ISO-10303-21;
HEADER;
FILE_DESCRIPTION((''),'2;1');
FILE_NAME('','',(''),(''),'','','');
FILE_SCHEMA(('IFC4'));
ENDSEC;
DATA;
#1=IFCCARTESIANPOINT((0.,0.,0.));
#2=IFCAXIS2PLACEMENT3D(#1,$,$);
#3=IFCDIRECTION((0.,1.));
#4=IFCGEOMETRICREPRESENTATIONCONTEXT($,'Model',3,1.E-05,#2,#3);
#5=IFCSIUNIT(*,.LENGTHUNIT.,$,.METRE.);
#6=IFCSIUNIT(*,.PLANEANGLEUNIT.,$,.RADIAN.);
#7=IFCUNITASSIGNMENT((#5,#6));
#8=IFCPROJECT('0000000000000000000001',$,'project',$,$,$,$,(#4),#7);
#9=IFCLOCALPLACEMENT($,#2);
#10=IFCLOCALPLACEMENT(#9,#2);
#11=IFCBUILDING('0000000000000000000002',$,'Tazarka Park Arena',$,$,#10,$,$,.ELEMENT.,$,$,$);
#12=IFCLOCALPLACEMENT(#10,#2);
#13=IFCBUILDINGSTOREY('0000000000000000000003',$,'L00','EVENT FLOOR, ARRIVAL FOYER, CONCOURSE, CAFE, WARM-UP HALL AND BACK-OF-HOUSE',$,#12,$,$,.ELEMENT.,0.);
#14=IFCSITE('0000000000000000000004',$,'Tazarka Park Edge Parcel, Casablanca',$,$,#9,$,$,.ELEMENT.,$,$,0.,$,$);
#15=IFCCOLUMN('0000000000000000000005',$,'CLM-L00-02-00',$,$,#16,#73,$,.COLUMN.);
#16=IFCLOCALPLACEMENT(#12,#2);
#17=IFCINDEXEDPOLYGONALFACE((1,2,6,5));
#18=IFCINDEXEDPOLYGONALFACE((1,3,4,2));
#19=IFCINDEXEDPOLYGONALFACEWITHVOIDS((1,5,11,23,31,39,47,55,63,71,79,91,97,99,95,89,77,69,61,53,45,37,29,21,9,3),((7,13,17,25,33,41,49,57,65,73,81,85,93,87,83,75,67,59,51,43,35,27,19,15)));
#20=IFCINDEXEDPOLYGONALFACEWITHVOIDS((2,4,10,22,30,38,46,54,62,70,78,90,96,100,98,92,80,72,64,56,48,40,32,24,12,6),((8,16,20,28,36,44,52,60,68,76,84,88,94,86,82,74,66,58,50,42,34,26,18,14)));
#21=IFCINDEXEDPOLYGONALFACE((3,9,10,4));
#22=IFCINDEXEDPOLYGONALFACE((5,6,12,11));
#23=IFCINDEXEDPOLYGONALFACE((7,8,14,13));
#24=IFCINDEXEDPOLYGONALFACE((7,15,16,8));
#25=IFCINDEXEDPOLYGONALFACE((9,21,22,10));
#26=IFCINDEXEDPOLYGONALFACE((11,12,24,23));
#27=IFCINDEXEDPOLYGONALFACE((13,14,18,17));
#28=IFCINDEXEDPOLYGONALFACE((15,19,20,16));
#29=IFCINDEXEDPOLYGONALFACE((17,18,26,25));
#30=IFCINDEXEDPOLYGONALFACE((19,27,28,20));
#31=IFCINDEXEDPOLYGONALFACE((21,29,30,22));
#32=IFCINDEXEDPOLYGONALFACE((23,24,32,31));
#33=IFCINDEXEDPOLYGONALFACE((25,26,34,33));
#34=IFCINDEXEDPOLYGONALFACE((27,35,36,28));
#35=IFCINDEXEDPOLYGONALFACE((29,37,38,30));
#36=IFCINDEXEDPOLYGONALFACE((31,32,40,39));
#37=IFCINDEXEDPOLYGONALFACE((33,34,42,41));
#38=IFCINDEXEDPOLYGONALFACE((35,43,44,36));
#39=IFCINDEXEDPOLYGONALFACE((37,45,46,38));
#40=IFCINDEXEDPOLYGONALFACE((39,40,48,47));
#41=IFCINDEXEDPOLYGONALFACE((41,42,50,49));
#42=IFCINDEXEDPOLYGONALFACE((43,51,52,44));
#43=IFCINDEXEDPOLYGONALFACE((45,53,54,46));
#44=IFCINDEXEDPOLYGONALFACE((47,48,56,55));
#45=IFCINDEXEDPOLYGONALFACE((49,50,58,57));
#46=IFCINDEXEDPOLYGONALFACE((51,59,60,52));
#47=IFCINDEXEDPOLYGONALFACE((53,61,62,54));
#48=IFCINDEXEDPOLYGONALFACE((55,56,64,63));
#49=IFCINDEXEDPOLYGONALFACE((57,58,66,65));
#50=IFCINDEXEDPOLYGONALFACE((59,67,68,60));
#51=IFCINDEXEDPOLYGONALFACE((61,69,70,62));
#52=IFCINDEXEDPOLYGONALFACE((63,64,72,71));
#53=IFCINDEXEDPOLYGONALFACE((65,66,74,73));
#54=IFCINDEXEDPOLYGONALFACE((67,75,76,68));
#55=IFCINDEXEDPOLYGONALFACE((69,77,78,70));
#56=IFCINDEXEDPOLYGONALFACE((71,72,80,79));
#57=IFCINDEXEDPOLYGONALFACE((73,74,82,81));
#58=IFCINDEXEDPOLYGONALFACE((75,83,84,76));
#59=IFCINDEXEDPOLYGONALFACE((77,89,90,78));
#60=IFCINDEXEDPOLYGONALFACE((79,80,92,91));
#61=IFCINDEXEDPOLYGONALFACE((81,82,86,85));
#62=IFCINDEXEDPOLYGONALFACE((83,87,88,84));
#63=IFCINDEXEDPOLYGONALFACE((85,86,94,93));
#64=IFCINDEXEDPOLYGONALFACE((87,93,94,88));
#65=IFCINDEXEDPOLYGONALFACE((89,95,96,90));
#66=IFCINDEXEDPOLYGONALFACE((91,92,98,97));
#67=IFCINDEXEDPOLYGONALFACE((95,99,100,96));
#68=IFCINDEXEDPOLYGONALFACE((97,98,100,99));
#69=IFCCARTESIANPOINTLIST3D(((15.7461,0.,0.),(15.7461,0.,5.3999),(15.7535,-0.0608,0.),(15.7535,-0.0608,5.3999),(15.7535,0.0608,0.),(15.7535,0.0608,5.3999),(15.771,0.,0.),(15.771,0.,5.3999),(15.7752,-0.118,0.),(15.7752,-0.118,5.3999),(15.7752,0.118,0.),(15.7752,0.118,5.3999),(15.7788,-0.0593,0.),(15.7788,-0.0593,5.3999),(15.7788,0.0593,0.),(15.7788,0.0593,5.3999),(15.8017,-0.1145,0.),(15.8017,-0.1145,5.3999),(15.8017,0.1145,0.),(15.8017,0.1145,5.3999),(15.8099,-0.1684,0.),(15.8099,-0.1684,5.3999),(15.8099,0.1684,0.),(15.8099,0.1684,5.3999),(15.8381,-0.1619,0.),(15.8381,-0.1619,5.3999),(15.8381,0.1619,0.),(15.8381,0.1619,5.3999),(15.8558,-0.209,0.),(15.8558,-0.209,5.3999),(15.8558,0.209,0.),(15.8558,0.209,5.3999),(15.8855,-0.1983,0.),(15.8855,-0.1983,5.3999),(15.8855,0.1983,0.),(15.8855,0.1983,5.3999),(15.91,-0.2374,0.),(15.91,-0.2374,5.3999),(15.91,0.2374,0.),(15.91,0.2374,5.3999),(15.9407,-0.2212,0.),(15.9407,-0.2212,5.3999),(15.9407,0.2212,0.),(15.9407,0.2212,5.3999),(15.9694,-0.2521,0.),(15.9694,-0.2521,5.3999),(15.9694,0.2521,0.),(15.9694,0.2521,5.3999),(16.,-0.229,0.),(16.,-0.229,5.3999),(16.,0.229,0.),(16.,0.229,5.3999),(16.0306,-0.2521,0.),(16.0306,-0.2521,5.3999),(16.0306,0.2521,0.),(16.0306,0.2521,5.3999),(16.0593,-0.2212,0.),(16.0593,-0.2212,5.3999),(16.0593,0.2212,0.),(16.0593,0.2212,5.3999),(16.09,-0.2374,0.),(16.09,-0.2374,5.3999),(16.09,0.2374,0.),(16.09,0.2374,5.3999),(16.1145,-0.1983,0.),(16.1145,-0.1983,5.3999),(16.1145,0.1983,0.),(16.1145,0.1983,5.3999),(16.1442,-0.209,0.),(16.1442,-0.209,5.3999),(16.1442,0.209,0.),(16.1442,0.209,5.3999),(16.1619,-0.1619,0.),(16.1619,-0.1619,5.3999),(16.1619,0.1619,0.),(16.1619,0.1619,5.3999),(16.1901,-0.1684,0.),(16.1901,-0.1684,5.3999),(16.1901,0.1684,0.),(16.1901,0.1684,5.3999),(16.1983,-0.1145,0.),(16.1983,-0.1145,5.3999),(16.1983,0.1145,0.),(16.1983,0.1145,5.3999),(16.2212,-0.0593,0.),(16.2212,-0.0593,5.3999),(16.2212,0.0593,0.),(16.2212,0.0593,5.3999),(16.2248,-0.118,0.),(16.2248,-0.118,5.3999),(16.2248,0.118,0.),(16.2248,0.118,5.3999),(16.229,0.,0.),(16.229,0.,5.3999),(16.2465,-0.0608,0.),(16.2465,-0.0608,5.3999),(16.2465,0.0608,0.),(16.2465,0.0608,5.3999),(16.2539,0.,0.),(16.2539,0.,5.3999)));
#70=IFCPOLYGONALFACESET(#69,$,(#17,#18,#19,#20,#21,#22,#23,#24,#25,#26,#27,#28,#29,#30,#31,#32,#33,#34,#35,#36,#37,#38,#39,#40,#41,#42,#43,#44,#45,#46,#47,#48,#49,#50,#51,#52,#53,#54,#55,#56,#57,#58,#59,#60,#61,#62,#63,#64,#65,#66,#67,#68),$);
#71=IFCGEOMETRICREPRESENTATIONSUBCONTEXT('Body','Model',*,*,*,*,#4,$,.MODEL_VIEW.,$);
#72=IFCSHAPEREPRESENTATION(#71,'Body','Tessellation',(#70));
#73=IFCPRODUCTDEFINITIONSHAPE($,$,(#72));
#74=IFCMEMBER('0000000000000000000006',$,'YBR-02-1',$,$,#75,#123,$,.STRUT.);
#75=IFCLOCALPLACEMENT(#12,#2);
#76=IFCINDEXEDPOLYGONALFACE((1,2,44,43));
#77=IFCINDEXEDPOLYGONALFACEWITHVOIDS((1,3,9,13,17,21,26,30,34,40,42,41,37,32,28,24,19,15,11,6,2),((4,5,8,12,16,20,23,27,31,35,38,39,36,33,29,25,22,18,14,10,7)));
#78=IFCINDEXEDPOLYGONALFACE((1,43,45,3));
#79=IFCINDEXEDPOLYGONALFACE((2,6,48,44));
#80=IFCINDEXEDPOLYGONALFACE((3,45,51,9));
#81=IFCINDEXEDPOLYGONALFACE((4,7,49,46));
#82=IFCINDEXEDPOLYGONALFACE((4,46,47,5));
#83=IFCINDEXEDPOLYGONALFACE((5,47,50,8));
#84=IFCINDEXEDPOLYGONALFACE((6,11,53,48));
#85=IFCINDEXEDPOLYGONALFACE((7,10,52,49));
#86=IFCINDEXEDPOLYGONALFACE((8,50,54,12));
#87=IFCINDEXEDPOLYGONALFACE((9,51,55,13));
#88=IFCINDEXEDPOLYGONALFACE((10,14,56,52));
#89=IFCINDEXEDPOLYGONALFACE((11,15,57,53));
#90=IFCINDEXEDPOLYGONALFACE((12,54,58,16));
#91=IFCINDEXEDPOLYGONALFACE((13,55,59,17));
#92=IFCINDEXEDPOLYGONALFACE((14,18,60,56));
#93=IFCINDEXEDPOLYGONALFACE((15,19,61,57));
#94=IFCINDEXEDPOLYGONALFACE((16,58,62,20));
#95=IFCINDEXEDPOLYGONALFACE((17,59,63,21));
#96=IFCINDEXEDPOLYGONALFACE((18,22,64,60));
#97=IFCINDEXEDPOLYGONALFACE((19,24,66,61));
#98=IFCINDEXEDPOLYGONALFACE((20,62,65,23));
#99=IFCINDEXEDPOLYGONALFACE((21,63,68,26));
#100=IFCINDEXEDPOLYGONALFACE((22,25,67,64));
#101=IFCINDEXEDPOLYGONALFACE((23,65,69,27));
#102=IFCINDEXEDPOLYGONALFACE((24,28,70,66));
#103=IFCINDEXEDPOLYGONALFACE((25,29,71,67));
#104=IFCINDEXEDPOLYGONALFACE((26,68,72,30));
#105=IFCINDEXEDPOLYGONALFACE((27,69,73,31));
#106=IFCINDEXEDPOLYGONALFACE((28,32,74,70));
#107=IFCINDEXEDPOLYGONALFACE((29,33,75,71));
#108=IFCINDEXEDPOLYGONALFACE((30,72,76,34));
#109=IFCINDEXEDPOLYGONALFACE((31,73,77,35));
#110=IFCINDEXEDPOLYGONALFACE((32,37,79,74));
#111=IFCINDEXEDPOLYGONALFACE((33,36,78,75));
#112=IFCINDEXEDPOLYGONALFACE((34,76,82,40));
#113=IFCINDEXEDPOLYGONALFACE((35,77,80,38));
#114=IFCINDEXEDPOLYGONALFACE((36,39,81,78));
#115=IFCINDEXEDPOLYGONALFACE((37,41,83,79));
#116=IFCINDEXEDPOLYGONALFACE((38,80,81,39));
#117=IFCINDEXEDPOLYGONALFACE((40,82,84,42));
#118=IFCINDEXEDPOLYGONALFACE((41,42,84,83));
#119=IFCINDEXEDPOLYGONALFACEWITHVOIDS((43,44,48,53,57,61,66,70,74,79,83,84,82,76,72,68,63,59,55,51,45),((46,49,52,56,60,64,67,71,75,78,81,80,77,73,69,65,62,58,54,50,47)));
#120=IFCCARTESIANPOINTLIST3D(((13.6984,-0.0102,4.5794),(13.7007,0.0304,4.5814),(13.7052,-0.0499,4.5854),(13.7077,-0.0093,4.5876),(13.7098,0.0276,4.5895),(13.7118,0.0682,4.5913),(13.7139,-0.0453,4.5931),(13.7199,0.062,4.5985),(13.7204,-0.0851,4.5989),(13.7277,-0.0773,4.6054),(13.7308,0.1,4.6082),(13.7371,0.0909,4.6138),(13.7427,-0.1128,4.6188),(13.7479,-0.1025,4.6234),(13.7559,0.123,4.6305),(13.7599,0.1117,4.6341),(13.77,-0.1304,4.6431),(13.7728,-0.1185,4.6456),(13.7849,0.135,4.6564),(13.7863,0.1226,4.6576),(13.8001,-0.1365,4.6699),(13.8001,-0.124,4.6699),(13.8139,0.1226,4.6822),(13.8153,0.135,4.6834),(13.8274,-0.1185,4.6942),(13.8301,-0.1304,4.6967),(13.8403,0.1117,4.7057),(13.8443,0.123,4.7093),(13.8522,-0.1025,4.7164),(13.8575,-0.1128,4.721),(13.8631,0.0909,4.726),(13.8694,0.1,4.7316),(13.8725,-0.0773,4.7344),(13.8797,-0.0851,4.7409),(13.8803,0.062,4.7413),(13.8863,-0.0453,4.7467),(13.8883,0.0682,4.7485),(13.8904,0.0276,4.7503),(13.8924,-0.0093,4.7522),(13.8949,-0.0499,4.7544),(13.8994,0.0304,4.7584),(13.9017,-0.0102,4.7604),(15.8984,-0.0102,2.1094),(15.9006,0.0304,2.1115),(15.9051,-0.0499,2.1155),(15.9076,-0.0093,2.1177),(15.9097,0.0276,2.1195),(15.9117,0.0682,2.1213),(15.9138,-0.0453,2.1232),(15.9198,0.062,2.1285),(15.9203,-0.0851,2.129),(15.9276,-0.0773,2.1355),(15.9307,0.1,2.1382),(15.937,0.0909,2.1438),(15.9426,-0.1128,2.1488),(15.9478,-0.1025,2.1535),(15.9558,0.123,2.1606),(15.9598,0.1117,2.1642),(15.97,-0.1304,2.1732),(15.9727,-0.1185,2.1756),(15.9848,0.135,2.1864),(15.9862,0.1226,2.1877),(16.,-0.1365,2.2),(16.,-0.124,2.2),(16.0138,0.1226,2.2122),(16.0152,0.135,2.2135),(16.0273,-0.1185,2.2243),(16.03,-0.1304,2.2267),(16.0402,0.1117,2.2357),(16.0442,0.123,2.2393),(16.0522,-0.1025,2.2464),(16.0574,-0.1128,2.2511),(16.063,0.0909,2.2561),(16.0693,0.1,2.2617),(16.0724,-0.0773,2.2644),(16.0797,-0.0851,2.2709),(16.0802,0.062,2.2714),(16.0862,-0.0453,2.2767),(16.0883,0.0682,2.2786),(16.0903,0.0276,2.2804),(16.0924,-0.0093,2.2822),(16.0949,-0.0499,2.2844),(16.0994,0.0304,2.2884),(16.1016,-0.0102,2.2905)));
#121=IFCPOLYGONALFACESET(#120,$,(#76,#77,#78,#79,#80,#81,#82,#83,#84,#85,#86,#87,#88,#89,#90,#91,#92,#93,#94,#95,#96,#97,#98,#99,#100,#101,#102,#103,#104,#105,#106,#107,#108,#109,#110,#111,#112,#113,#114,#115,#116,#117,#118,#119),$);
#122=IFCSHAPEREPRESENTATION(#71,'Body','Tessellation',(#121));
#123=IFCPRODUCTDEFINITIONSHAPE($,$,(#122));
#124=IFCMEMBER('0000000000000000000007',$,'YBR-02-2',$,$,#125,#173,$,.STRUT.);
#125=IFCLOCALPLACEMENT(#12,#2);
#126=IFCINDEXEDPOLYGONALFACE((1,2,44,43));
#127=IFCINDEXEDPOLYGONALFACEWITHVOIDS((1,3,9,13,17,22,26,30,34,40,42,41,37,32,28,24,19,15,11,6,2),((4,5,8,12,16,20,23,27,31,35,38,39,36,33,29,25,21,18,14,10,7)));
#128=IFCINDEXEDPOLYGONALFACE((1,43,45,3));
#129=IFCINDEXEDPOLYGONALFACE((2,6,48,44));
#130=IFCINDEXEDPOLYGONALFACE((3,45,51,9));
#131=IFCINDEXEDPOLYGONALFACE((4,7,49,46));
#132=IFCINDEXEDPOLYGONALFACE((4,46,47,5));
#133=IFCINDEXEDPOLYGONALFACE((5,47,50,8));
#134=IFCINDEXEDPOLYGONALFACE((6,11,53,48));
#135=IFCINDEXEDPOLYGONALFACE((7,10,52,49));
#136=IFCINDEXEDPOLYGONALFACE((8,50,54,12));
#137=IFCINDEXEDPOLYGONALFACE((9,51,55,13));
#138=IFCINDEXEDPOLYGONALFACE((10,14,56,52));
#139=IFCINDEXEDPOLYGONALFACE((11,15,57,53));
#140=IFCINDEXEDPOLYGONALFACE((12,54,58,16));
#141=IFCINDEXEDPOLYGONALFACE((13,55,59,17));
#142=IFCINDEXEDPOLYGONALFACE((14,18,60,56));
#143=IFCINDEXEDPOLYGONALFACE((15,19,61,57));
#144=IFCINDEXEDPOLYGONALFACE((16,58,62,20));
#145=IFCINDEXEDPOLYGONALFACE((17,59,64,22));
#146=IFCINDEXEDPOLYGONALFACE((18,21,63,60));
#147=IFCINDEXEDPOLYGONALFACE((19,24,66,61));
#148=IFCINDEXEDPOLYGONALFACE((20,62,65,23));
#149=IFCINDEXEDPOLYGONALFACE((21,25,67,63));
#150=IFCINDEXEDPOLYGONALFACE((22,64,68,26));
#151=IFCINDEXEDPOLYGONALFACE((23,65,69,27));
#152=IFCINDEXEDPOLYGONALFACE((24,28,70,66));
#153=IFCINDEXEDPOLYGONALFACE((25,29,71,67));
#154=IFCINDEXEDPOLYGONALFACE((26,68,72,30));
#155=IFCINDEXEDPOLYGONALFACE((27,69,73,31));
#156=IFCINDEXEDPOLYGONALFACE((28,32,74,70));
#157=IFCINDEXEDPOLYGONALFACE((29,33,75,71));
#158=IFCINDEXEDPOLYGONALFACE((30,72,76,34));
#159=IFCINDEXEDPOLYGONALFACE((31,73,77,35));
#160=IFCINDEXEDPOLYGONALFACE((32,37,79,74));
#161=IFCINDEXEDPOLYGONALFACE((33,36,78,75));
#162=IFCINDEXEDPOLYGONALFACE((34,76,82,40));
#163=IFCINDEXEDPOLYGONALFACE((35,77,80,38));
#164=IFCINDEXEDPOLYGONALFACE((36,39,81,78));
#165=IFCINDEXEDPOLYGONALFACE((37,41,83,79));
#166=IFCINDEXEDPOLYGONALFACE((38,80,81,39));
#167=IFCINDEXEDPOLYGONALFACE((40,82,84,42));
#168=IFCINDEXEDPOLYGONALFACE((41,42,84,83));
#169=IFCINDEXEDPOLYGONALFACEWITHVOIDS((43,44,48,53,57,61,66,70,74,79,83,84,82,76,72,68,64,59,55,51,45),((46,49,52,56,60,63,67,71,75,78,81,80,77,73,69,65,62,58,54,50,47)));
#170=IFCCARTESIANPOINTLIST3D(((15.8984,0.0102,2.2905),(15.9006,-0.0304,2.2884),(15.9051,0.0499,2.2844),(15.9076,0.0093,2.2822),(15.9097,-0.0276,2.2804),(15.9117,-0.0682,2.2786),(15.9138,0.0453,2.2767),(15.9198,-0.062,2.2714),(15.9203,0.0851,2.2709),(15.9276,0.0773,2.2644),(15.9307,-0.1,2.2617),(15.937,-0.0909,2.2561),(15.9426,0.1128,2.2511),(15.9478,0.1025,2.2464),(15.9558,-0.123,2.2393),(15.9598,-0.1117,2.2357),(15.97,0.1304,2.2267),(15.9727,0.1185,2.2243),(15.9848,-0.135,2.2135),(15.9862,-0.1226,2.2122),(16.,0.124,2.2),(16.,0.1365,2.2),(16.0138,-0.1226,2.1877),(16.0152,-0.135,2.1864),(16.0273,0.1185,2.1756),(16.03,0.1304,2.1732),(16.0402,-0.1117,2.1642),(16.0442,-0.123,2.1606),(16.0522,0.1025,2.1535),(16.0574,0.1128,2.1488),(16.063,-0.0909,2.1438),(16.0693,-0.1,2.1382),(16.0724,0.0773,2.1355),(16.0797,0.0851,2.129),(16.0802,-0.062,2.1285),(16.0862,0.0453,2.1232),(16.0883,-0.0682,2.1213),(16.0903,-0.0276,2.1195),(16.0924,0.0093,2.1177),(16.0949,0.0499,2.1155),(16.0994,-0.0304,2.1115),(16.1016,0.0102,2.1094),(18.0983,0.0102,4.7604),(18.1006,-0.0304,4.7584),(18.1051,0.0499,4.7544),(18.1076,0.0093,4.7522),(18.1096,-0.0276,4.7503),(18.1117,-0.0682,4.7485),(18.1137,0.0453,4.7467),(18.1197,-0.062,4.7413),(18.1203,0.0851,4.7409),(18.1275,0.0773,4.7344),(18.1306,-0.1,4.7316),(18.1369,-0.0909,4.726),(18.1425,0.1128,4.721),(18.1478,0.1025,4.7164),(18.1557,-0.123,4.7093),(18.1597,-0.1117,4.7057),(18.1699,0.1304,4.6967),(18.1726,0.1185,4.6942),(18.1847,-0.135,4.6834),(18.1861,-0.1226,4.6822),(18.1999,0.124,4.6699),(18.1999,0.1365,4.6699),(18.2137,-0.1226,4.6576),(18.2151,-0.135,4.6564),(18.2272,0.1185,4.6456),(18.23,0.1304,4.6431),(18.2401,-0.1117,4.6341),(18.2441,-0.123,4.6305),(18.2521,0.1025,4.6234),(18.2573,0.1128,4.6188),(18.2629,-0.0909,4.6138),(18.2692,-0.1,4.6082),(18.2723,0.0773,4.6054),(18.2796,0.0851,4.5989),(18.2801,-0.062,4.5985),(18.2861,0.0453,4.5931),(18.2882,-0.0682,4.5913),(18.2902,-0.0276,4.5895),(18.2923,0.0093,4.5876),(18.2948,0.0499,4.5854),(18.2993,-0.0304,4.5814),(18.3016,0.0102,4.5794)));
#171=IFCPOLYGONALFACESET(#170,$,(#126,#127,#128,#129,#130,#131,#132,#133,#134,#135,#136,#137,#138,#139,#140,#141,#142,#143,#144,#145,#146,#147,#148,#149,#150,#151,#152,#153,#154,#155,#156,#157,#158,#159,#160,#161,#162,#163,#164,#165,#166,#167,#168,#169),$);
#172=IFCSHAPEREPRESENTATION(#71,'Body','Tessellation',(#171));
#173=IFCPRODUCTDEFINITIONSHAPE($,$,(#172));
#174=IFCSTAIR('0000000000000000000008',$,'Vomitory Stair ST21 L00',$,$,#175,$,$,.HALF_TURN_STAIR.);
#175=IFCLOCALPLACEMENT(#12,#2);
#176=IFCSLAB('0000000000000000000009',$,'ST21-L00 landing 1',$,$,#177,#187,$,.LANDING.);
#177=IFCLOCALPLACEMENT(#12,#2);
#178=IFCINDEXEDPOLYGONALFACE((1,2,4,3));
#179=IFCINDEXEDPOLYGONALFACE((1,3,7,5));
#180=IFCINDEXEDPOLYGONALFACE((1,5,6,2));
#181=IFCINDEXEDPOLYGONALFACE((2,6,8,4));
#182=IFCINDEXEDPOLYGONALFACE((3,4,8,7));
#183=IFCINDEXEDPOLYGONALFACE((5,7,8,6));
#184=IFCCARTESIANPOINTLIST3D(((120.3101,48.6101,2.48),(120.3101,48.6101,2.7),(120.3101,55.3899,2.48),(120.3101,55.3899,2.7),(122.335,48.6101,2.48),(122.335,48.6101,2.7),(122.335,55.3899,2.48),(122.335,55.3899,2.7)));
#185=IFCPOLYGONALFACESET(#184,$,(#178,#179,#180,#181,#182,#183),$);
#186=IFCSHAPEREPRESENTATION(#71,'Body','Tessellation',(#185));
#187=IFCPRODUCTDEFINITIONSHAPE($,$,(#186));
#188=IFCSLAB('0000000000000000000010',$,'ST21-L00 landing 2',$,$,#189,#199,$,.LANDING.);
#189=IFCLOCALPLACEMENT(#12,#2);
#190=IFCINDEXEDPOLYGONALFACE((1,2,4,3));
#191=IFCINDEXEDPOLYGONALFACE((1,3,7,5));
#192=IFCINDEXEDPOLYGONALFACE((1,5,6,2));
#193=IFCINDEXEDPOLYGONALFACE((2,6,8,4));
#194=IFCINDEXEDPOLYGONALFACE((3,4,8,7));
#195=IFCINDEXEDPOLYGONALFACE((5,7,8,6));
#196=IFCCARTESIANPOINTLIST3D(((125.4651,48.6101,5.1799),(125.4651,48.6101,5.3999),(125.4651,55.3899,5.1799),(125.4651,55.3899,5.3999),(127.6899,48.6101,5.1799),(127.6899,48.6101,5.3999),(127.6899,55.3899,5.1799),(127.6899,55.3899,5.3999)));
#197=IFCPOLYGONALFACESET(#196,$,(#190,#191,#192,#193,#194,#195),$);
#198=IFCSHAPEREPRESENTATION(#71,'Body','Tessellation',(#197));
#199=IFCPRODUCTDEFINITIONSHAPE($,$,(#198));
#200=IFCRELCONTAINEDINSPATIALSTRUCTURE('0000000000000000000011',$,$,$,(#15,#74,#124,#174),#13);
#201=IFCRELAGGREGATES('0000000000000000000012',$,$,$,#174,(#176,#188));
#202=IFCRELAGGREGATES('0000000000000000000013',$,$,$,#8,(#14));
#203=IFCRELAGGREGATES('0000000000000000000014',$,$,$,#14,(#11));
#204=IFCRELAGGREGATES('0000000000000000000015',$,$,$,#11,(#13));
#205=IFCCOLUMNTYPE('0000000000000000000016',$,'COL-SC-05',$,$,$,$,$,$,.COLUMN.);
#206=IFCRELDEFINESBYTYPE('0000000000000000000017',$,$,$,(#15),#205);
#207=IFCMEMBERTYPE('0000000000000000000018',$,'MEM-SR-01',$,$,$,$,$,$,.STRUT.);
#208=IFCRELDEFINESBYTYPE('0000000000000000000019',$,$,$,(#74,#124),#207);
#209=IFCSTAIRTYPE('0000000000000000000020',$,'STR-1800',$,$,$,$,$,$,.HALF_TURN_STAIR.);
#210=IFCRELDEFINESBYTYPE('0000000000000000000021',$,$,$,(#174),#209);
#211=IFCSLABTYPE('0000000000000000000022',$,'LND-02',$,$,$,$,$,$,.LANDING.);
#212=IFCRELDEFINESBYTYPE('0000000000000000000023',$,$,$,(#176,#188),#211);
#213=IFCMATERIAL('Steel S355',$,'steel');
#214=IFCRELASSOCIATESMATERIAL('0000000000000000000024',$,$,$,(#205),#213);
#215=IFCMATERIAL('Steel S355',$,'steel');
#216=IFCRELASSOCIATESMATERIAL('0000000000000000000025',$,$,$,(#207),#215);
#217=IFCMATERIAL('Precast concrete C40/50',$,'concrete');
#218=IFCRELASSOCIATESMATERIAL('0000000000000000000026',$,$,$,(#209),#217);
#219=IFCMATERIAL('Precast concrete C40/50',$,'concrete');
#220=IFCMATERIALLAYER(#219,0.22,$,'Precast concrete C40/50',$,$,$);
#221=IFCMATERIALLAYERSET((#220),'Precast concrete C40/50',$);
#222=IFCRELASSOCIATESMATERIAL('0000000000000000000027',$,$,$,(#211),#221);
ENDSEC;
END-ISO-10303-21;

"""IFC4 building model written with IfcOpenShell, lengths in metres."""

from ifc_helpers import new_model, si_unit, direction, frame, origin, origin_2d, place, context, subcontext, project, spatial, polyline, hollow_circle, outline, extrude, material, layer, layer_set, material_profile, profile_set, type_object, element, aggregate, save


model = new_model("IFC4")

# Units and contexts
model_context = context("Model", 3, precision=1e-05, world=origin(), true_north=direction((0.0, 1.0)))
body_context = subcontext(model_context, "Body", "Model", "MODEL_VIEW")
ifc_project = project(units=[si_unit("LENGTHUNIT", "METRE"), si_unit("PLANEANGLEUNIT", "RADIAN")], contexts=[model_context])

# Site, building, storey
site_placement = place(None, origin())
site = spatial("IfcSite", under=ifc_project, at=site_placement, Name="Tazarka Park Edge Parcel, Casablanca", CompositionType="ELEMENT", RefElevation=0.0)
building_placement = place(site_placement, origin())
building = spatial("IfcBuilding", under=site, at=building_placement, Name="Tazarka Park Arena", CompositionType="ELEMENT")
storey_placement = place(building_placement, origin())
storey = spatial("IfcBuildingStorey", under=building, at=storey_placement, Name="L00", Description="EVENT FLOOR, ARRIVAL FOYER, CONCOURSE, CAFE, WARM-UP HALL AND BACK-OF-HOUSE", CompositionType="ELEMENT", Elevation=0.0)

# Column
ifc_material_1 = material(Name="Steel S355", Category="steel")
ifc_material_profile_1 = material_profile(ifc_material_1, hollow_circle(Radius=0.2539, WallThickness=0.0249, at=origin_2d()), Name="Steel S355")
ifc_profile_set_1 = profile_set([ifc_material_profile_1], Name="Steel S355")
column_type = type_object("IfcColumnType", Name="COL-SC-05", PredefinedType="COLUMN", material=ifc_profile_set_1)
column_placement = place(storey_placement, frame((16.0, 0.0, 0.0), z_axis=(0.0, 0.0, 1.0), x_axis=(1.0, 0.0, 0.0)))
element("IfcColumn", 1, at=column_placement, inside=storey, type_object=column_type, Name="CLM-L00-02-00", PredefinedType="COLUMN", context=body_context, shape_type="SweptSolid", body=[
    extrude(hollow_circle(Radius=0.2539, WallThickness=0.0249, at=origin_2d()), origin(), (0.0, 0.0, 1.0), 5.3999),
])

# Members
ifc_material_2 = material(Name="Steel S355", Category="steel")
ifc_material_profile_2 = material_profile(ifc_material_2, hollow_circle(Radius=0.1365, WallThickness=0.0125, at=origin_2d()), Name="Steel S355")
ifc_profile_set_2 = profile_set([ifc_material_profile_2], Name="Steel S355")
member_type = type_object("IfcMemberType", Name="MEM-SR-01", PredefinedType="STRUT", material=ifc_profile_set_2)
for number, where, z_axis, x_axis, name in (
    (2, (16.0, 0.0, 2.2), (-0.66511, 0.0, 0.746745), (0.0, -1.0, 0.0), "YBR-02-1"),
    (3, (16.0, 0.0, 2.2), (0.66511, 0.0, 0.746745), (0.0, 1.0, 0.0), "YBR-02-2"),
):
    element("IfcMember", number, at=place(storey_placement, frame(where, z_axis=z_axis, x_axis=x_axis)), inside=storey, type_object=member_type, Name=name, PredefinedType="STRUT", context=body_context, shape_type="SweptSolid", body=[
        extrude(hollow_circle(Radius=0.1365, WallThickness=0.0125, at=origin_2d()), origin(), (0.0, 0.0, 1.0), 3.3076),
    ])

# Stair, slabs
ifc_material_3 = material(Name="Precast concrete C40/50", Category="concrete")
stair_type = type_object("IfcStairType", Name="STR-1800", PredefinedType="HALF_TURN_STAIR", material=ifc_material_3)
stair_1_placement = place(storey_placement, origin())
stair_1 = element("IfcStair", 4, at=stair_1_placement, inside=storey, type_object=stair_type, Name="Vomitory Stair ST21 L00", PredefinedType="HALF_TURN_STAIR")
ifc_material_4 = material(Name="Precast concrete C40/50", Category="concrete")
ifc_layer_1 = layer(ifc_material_4, 0.22, Name="Precast concrete C40/50")
ifc_layer_set_1 = layer_set([ifc_layer_1], Name="Precast concrete C40/50")
slab_type = type_object("IfcSlabType", Name="LND-02", PredefinedType="LANDING", material=ifc_layer_set_1)
slab_1_placement = place(storey_placement, frame((0.0, 0.0, 2.48)))
slab_1 = element("IfcSlab", 5, at=slab_1_placement, type_object=slab_type, Name="ST21-L00 landing 1", PredefinedType="LANDING", context=body_context, shape_type="SweptSolid", body=[
    extrude(outline(polyline([(120.3101, 48.6101), (122.335, 48.6101), (122.335, 55.3899), (120.3101, 55.3899), (120.3101, 48.6101)])), origin(), (0.0, 0.0, 1.0), 0.22),
])
slab_2_placement = place(storey_placement, frame((0.0, 0.0, 5.1799)))
slab_2 = element("IfcSlab", 6, at=slab_2_placement, type_object=slab_type, Name="ST21-L00 landing 2", PredefinedType="LANDING", context=body_context, shape_type="SweptSolid", body=[
    extrude(outline(polyline([(125.4651, 48.6101), (127.6899, 48.6101), (127.6899, 55.3899), (125.4651, 55.3899), (125.4651, 48.6101)])), origin(), (0.0, 0.0, 1.0), 0.22),
])
aggregate(stair_1, [slab_1, slab_2])

save(model, "model.ifc")
